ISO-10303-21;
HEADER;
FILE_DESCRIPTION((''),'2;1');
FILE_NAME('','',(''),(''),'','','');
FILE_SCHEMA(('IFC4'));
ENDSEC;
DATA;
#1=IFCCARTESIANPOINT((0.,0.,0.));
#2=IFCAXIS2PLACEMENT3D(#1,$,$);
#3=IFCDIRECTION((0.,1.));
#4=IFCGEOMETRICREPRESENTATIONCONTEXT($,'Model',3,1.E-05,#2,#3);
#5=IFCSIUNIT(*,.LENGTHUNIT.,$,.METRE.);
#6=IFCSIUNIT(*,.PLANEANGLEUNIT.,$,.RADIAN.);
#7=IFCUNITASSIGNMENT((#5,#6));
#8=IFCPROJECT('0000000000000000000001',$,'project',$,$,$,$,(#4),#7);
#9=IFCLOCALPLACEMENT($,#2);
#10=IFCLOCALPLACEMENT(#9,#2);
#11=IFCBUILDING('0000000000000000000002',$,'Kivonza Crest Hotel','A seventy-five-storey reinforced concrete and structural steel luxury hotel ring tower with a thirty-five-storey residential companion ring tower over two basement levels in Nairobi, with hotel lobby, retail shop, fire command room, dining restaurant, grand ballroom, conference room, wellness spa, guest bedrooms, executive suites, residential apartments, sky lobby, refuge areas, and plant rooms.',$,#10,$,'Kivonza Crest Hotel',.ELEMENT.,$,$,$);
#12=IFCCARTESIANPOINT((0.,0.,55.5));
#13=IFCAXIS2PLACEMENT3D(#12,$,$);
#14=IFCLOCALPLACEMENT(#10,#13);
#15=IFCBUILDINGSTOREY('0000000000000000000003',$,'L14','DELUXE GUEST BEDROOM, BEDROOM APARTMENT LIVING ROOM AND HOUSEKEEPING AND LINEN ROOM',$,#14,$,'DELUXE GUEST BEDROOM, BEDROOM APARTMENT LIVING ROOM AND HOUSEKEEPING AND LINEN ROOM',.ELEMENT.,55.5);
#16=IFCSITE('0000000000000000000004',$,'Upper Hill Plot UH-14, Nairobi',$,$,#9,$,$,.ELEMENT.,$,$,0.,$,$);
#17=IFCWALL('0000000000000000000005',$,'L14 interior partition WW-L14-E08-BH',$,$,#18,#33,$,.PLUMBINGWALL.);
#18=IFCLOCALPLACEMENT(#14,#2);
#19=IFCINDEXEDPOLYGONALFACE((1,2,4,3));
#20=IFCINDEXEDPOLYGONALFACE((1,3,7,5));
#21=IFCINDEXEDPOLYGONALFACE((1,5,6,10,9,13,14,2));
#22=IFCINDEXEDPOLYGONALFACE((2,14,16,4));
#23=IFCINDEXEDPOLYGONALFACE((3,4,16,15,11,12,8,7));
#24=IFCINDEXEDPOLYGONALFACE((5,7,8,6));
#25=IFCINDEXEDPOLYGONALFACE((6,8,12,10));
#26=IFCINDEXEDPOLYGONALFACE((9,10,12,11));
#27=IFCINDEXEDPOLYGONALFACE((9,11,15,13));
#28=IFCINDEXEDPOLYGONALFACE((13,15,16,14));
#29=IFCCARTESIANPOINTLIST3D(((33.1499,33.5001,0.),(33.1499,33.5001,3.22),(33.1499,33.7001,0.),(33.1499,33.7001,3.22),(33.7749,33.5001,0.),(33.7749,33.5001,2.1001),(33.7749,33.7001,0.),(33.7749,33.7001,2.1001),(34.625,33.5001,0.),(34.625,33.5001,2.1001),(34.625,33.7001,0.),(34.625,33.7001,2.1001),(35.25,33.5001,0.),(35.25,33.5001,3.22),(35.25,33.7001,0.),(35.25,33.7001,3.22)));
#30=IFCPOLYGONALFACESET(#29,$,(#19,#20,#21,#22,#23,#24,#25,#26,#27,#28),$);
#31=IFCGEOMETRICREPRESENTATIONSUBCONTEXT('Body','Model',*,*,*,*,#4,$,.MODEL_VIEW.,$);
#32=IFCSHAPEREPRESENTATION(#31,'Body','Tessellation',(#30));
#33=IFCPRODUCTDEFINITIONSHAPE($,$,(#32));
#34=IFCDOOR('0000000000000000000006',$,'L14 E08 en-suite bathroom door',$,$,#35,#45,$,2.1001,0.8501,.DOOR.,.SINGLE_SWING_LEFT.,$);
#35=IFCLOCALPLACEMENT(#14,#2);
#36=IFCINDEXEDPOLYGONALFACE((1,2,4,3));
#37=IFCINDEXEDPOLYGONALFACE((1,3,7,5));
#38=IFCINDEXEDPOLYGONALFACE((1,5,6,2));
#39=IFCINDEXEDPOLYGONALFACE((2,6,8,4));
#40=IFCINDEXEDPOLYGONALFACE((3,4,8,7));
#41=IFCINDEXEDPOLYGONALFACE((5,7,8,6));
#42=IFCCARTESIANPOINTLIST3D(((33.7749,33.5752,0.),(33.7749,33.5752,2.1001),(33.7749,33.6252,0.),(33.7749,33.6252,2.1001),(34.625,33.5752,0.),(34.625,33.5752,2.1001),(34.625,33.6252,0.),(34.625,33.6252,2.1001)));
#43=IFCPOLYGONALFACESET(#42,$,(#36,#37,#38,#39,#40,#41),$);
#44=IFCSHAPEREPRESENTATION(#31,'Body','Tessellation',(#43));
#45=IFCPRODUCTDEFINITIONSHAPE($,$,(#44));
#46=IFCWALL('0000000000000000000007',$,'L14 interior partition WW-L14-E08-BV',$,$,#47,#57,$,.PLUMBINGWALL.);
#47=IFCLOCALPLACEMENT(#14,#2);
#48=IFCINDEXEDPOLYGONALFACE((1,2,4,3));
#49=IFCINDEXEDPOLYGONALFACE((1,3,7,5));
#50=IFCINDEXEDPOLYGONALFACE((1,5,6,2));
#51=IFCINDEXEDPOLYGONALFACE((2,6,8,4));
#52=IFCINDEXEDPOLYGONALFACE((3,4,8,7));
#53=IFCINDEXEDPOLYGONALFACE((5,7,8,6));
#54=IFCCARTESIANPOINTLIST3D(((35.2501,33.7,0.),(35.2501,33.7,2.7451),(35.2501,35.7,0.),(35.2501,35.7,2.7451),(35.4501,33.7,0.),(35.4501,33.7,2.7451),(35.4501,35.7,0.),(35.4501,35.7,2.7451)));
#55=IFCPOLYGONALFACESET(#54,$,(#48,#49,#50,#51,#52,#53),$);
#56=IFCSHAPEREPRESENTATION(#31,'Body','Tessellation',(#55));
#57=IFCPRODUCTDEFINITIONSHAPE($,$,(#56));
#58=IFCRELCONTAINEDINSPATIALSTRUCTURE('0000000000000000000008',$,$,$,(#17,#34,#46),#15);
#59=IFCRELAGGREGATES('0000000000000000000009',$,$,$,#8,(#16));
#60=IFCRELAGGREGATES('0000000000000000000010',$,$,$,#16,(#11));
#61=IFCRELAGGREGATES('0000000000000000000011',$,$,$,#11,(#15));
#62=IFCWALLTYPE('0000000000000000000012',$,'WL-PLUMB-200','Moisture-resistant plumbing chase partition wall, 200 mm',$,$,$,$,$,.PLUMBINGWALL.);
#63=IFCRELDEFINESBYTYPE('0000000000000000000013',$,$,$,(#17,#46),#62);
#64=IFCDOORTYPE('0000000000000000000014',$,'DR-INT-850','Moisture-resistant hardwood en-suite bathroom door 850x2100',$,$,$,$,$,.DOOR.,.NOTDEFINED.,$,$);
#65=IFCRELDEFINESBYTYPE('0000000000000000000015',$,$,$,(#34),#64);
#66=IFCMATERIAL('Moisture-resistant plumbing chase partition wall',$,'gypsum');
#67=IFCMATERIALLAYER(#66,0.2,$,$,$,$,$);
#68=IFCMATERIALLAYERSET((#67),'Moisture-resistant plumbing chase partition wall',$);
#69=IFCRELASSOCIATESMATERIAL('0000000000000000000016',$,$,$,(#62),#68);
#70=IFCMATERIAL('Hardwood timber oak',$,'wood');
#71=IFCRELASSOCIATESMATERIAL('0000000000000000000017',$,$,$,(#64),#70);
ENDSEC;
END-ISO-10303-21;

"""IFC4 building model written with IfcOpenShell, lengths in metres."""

from ifc_helpers import new_model, si_unit, direction, frame, frame_2d, origin, place, context, subcontext, project, spatial, rectangle, extrude, material, layer, layer_set, type_object, element, fill, save


model = new_model("IFC4")

# Units and contexts
model_context = context("Model", 3, precision=1e-05, world=origin(), true_north=direction((0.0, 1.0)))
body_context = subcontext(model_context, "Body", "Model", "MODEL_VIEW")
ifc_project = project(units=[si_unit("LENGTHUNIT", "METRE"), si_unit("PLANEANGLEUNIT", "RADIAN")], contexts=[model_context])

# Site, building, storey
site_placement = place(None, origin())
site = spatial("IfcSite", under=ifc_project, at=site_placement, Name="Upper Hill Plot UH-14, Nairobi", CompositionType="ELEMENT", RefElevation=0.0)
building_placement = place(site_placement, origin())
building = spatial("IfcBuilding", under=site, at=building_placement, Name="Kivonza Crest Hotel", Description="A seventy-five-storey reinforced concrete and structural steel luxury hotel ring tower with a thirty-five-storey residential companion ring tower over two basement levels in Nairobi, with hotel lobby, retail shop, fire command room, dining restaurant, grand ballroom, conference room, wellness spa, guest bedrooms, executive suites, residential apartments, sky lobby, refuge areas, and plant rooms.", LongName="Kivonza Crest Hotel", CompositionType="ELEMENT")
storey_placement = place(building_placement, frame((0.0, 0.0, 55.5)))
storey = spatial("IfcBuildingStorey", under=building, at=storey_placement, Name="L14", Description="DELUXE GUEST BEDROOM, BEDROOM APARTMENT LIVING ROOM AND HOUSEKEEPING AND LINEN ROOM", LongName="DELUXE GUEST BEDROOM, BEDROOM APARTMENT LIVING ROOM AND HOUSEKEEPING AND LINEN ROOM", CompositionType="ELEMENT", Elevation=55.5)

# Shared definitions
ifc_material_1 = material(Name="Hardwood timber oak", Category="wood")
ifc_material_2 = material(Name="Moisture-resistant plumbing chase partition wall", Category="gypsum")
ifc_layer_1 = layer(ifc_material_2, 0.2)
ifc_layer_set_1 = layer_set([ifc_layer_1], Name="Moisture-resistant plumbing chase partition wall")
wall_type_1 = type_object("IfcWallType", Name="WL-PLUMB-200", Description="Moisture-resistant plumbing chase partition wall, 200 mm", PredefinedType="PLUMBINGWALL", material=ifc_layer_set_1)
door_type_1 = type_object("IfcDoorType", Name="DR-INT-850", Description="Moisture-resistant hardwood en-suite bathroom door 850x2100", OperationType="NOTDEFINED", PredefinedType="DOOR", material=ifc_material_1)

# Wall, opening, door
wall_1_placement = place(storey_placement, frame((33.1499, 33.6001, 0.0), z_axis=(0.0, 0.0, 1.0), x_axis=(1.0, 0.0, 0.0)))
wall_1 = element("IfcWall", 1, at=wall_1_placement, inside=storey, type_object=wall_type_1, Name="L14 interior partition WW-L14-E08-BH", PredefinedType="PLUMBINGWALL", context=body_context, shape_type="SweptSolid", body=[
    extrude(rectangle(XDim=2.1001, YDim=0.2, at=frame_2d((1.05, 0.0))), origin(), (0.0, 0.0, 1.0), 3.22),
])
opening_1_placement = place(wall_1_placement, frame((0.625, 0.0, 0.0)))
opening_1 = element("IfcOpeningElement", 2, at=opening_1_placement, cuts=wall_1, PredefinedType="OPENING", context=body_context, shape_type="SweptSolid", body=[
    extrude(rectangle(XDim=0.8501, YDim=2.1001, at=frame_2d((0.425, 1.05))), frame((0.0, 0.1099, 0.0), z_axis=(0.0, -1.0, 0.0), x_axis=(1.0, 0.0, 0.0)), (0.0, 0.0, 1.0), 0.22),
])
door_1_placement = place(opening_1_placement, frame((0.8501, 0.0, 0.0), z_axis=(0.0, 0.0, 1.0), x_axis=(-1.0, 0.0, 0.0)))
door_1 = element("IfcDoor", 3, at=door_1_placement, inside=storey, type_object=door_type_1, Name="L14 E08 en-suite bathroom door", OperationType="SINGLE_SWING_LEFT", OverallHeight=2.1001, OverallWidth=0.8501, PredefinedType="DOOR", context=body_context, shape_type="SweptSolid", body=[
    extrude(rectangle(XDim=0.8501, YDim=2.1001, at=frame_2d((0.425, 1.05))), frame((0.0, 0.0249, 0.0), z_axis=(0.0, -1.0, 0.0), x_axis=(1.0, 0.0, 0.0)), (0.0, 0.0, 1.0), 0.05),
])
fill(opening_1, door_1)

# Wall
wall_2_placement = place(storey_placement, frame((35.3501, 33.7, 0.0), z_axis=(0.0, 0.0, 1.0), x_axis=(0.0, 1.0, 0.0)))
element("IfcWall", 4, at=wall_2_placement, inside=storey, type_object=wall_type_1, Name="L14 interior partition WW-L14-E08-BV", PredefinedType="PLUMBINGWALL", context=body_context, shape_type="SweptSolid", body=[
    extrude(rectangle(XDim=2.0, YDim=0.2, at=frame_2d((1.0, 0.0))), origin(), (0.0, 0.0, 1.0), 2.7451),
])

save(model, "model.ifc")
